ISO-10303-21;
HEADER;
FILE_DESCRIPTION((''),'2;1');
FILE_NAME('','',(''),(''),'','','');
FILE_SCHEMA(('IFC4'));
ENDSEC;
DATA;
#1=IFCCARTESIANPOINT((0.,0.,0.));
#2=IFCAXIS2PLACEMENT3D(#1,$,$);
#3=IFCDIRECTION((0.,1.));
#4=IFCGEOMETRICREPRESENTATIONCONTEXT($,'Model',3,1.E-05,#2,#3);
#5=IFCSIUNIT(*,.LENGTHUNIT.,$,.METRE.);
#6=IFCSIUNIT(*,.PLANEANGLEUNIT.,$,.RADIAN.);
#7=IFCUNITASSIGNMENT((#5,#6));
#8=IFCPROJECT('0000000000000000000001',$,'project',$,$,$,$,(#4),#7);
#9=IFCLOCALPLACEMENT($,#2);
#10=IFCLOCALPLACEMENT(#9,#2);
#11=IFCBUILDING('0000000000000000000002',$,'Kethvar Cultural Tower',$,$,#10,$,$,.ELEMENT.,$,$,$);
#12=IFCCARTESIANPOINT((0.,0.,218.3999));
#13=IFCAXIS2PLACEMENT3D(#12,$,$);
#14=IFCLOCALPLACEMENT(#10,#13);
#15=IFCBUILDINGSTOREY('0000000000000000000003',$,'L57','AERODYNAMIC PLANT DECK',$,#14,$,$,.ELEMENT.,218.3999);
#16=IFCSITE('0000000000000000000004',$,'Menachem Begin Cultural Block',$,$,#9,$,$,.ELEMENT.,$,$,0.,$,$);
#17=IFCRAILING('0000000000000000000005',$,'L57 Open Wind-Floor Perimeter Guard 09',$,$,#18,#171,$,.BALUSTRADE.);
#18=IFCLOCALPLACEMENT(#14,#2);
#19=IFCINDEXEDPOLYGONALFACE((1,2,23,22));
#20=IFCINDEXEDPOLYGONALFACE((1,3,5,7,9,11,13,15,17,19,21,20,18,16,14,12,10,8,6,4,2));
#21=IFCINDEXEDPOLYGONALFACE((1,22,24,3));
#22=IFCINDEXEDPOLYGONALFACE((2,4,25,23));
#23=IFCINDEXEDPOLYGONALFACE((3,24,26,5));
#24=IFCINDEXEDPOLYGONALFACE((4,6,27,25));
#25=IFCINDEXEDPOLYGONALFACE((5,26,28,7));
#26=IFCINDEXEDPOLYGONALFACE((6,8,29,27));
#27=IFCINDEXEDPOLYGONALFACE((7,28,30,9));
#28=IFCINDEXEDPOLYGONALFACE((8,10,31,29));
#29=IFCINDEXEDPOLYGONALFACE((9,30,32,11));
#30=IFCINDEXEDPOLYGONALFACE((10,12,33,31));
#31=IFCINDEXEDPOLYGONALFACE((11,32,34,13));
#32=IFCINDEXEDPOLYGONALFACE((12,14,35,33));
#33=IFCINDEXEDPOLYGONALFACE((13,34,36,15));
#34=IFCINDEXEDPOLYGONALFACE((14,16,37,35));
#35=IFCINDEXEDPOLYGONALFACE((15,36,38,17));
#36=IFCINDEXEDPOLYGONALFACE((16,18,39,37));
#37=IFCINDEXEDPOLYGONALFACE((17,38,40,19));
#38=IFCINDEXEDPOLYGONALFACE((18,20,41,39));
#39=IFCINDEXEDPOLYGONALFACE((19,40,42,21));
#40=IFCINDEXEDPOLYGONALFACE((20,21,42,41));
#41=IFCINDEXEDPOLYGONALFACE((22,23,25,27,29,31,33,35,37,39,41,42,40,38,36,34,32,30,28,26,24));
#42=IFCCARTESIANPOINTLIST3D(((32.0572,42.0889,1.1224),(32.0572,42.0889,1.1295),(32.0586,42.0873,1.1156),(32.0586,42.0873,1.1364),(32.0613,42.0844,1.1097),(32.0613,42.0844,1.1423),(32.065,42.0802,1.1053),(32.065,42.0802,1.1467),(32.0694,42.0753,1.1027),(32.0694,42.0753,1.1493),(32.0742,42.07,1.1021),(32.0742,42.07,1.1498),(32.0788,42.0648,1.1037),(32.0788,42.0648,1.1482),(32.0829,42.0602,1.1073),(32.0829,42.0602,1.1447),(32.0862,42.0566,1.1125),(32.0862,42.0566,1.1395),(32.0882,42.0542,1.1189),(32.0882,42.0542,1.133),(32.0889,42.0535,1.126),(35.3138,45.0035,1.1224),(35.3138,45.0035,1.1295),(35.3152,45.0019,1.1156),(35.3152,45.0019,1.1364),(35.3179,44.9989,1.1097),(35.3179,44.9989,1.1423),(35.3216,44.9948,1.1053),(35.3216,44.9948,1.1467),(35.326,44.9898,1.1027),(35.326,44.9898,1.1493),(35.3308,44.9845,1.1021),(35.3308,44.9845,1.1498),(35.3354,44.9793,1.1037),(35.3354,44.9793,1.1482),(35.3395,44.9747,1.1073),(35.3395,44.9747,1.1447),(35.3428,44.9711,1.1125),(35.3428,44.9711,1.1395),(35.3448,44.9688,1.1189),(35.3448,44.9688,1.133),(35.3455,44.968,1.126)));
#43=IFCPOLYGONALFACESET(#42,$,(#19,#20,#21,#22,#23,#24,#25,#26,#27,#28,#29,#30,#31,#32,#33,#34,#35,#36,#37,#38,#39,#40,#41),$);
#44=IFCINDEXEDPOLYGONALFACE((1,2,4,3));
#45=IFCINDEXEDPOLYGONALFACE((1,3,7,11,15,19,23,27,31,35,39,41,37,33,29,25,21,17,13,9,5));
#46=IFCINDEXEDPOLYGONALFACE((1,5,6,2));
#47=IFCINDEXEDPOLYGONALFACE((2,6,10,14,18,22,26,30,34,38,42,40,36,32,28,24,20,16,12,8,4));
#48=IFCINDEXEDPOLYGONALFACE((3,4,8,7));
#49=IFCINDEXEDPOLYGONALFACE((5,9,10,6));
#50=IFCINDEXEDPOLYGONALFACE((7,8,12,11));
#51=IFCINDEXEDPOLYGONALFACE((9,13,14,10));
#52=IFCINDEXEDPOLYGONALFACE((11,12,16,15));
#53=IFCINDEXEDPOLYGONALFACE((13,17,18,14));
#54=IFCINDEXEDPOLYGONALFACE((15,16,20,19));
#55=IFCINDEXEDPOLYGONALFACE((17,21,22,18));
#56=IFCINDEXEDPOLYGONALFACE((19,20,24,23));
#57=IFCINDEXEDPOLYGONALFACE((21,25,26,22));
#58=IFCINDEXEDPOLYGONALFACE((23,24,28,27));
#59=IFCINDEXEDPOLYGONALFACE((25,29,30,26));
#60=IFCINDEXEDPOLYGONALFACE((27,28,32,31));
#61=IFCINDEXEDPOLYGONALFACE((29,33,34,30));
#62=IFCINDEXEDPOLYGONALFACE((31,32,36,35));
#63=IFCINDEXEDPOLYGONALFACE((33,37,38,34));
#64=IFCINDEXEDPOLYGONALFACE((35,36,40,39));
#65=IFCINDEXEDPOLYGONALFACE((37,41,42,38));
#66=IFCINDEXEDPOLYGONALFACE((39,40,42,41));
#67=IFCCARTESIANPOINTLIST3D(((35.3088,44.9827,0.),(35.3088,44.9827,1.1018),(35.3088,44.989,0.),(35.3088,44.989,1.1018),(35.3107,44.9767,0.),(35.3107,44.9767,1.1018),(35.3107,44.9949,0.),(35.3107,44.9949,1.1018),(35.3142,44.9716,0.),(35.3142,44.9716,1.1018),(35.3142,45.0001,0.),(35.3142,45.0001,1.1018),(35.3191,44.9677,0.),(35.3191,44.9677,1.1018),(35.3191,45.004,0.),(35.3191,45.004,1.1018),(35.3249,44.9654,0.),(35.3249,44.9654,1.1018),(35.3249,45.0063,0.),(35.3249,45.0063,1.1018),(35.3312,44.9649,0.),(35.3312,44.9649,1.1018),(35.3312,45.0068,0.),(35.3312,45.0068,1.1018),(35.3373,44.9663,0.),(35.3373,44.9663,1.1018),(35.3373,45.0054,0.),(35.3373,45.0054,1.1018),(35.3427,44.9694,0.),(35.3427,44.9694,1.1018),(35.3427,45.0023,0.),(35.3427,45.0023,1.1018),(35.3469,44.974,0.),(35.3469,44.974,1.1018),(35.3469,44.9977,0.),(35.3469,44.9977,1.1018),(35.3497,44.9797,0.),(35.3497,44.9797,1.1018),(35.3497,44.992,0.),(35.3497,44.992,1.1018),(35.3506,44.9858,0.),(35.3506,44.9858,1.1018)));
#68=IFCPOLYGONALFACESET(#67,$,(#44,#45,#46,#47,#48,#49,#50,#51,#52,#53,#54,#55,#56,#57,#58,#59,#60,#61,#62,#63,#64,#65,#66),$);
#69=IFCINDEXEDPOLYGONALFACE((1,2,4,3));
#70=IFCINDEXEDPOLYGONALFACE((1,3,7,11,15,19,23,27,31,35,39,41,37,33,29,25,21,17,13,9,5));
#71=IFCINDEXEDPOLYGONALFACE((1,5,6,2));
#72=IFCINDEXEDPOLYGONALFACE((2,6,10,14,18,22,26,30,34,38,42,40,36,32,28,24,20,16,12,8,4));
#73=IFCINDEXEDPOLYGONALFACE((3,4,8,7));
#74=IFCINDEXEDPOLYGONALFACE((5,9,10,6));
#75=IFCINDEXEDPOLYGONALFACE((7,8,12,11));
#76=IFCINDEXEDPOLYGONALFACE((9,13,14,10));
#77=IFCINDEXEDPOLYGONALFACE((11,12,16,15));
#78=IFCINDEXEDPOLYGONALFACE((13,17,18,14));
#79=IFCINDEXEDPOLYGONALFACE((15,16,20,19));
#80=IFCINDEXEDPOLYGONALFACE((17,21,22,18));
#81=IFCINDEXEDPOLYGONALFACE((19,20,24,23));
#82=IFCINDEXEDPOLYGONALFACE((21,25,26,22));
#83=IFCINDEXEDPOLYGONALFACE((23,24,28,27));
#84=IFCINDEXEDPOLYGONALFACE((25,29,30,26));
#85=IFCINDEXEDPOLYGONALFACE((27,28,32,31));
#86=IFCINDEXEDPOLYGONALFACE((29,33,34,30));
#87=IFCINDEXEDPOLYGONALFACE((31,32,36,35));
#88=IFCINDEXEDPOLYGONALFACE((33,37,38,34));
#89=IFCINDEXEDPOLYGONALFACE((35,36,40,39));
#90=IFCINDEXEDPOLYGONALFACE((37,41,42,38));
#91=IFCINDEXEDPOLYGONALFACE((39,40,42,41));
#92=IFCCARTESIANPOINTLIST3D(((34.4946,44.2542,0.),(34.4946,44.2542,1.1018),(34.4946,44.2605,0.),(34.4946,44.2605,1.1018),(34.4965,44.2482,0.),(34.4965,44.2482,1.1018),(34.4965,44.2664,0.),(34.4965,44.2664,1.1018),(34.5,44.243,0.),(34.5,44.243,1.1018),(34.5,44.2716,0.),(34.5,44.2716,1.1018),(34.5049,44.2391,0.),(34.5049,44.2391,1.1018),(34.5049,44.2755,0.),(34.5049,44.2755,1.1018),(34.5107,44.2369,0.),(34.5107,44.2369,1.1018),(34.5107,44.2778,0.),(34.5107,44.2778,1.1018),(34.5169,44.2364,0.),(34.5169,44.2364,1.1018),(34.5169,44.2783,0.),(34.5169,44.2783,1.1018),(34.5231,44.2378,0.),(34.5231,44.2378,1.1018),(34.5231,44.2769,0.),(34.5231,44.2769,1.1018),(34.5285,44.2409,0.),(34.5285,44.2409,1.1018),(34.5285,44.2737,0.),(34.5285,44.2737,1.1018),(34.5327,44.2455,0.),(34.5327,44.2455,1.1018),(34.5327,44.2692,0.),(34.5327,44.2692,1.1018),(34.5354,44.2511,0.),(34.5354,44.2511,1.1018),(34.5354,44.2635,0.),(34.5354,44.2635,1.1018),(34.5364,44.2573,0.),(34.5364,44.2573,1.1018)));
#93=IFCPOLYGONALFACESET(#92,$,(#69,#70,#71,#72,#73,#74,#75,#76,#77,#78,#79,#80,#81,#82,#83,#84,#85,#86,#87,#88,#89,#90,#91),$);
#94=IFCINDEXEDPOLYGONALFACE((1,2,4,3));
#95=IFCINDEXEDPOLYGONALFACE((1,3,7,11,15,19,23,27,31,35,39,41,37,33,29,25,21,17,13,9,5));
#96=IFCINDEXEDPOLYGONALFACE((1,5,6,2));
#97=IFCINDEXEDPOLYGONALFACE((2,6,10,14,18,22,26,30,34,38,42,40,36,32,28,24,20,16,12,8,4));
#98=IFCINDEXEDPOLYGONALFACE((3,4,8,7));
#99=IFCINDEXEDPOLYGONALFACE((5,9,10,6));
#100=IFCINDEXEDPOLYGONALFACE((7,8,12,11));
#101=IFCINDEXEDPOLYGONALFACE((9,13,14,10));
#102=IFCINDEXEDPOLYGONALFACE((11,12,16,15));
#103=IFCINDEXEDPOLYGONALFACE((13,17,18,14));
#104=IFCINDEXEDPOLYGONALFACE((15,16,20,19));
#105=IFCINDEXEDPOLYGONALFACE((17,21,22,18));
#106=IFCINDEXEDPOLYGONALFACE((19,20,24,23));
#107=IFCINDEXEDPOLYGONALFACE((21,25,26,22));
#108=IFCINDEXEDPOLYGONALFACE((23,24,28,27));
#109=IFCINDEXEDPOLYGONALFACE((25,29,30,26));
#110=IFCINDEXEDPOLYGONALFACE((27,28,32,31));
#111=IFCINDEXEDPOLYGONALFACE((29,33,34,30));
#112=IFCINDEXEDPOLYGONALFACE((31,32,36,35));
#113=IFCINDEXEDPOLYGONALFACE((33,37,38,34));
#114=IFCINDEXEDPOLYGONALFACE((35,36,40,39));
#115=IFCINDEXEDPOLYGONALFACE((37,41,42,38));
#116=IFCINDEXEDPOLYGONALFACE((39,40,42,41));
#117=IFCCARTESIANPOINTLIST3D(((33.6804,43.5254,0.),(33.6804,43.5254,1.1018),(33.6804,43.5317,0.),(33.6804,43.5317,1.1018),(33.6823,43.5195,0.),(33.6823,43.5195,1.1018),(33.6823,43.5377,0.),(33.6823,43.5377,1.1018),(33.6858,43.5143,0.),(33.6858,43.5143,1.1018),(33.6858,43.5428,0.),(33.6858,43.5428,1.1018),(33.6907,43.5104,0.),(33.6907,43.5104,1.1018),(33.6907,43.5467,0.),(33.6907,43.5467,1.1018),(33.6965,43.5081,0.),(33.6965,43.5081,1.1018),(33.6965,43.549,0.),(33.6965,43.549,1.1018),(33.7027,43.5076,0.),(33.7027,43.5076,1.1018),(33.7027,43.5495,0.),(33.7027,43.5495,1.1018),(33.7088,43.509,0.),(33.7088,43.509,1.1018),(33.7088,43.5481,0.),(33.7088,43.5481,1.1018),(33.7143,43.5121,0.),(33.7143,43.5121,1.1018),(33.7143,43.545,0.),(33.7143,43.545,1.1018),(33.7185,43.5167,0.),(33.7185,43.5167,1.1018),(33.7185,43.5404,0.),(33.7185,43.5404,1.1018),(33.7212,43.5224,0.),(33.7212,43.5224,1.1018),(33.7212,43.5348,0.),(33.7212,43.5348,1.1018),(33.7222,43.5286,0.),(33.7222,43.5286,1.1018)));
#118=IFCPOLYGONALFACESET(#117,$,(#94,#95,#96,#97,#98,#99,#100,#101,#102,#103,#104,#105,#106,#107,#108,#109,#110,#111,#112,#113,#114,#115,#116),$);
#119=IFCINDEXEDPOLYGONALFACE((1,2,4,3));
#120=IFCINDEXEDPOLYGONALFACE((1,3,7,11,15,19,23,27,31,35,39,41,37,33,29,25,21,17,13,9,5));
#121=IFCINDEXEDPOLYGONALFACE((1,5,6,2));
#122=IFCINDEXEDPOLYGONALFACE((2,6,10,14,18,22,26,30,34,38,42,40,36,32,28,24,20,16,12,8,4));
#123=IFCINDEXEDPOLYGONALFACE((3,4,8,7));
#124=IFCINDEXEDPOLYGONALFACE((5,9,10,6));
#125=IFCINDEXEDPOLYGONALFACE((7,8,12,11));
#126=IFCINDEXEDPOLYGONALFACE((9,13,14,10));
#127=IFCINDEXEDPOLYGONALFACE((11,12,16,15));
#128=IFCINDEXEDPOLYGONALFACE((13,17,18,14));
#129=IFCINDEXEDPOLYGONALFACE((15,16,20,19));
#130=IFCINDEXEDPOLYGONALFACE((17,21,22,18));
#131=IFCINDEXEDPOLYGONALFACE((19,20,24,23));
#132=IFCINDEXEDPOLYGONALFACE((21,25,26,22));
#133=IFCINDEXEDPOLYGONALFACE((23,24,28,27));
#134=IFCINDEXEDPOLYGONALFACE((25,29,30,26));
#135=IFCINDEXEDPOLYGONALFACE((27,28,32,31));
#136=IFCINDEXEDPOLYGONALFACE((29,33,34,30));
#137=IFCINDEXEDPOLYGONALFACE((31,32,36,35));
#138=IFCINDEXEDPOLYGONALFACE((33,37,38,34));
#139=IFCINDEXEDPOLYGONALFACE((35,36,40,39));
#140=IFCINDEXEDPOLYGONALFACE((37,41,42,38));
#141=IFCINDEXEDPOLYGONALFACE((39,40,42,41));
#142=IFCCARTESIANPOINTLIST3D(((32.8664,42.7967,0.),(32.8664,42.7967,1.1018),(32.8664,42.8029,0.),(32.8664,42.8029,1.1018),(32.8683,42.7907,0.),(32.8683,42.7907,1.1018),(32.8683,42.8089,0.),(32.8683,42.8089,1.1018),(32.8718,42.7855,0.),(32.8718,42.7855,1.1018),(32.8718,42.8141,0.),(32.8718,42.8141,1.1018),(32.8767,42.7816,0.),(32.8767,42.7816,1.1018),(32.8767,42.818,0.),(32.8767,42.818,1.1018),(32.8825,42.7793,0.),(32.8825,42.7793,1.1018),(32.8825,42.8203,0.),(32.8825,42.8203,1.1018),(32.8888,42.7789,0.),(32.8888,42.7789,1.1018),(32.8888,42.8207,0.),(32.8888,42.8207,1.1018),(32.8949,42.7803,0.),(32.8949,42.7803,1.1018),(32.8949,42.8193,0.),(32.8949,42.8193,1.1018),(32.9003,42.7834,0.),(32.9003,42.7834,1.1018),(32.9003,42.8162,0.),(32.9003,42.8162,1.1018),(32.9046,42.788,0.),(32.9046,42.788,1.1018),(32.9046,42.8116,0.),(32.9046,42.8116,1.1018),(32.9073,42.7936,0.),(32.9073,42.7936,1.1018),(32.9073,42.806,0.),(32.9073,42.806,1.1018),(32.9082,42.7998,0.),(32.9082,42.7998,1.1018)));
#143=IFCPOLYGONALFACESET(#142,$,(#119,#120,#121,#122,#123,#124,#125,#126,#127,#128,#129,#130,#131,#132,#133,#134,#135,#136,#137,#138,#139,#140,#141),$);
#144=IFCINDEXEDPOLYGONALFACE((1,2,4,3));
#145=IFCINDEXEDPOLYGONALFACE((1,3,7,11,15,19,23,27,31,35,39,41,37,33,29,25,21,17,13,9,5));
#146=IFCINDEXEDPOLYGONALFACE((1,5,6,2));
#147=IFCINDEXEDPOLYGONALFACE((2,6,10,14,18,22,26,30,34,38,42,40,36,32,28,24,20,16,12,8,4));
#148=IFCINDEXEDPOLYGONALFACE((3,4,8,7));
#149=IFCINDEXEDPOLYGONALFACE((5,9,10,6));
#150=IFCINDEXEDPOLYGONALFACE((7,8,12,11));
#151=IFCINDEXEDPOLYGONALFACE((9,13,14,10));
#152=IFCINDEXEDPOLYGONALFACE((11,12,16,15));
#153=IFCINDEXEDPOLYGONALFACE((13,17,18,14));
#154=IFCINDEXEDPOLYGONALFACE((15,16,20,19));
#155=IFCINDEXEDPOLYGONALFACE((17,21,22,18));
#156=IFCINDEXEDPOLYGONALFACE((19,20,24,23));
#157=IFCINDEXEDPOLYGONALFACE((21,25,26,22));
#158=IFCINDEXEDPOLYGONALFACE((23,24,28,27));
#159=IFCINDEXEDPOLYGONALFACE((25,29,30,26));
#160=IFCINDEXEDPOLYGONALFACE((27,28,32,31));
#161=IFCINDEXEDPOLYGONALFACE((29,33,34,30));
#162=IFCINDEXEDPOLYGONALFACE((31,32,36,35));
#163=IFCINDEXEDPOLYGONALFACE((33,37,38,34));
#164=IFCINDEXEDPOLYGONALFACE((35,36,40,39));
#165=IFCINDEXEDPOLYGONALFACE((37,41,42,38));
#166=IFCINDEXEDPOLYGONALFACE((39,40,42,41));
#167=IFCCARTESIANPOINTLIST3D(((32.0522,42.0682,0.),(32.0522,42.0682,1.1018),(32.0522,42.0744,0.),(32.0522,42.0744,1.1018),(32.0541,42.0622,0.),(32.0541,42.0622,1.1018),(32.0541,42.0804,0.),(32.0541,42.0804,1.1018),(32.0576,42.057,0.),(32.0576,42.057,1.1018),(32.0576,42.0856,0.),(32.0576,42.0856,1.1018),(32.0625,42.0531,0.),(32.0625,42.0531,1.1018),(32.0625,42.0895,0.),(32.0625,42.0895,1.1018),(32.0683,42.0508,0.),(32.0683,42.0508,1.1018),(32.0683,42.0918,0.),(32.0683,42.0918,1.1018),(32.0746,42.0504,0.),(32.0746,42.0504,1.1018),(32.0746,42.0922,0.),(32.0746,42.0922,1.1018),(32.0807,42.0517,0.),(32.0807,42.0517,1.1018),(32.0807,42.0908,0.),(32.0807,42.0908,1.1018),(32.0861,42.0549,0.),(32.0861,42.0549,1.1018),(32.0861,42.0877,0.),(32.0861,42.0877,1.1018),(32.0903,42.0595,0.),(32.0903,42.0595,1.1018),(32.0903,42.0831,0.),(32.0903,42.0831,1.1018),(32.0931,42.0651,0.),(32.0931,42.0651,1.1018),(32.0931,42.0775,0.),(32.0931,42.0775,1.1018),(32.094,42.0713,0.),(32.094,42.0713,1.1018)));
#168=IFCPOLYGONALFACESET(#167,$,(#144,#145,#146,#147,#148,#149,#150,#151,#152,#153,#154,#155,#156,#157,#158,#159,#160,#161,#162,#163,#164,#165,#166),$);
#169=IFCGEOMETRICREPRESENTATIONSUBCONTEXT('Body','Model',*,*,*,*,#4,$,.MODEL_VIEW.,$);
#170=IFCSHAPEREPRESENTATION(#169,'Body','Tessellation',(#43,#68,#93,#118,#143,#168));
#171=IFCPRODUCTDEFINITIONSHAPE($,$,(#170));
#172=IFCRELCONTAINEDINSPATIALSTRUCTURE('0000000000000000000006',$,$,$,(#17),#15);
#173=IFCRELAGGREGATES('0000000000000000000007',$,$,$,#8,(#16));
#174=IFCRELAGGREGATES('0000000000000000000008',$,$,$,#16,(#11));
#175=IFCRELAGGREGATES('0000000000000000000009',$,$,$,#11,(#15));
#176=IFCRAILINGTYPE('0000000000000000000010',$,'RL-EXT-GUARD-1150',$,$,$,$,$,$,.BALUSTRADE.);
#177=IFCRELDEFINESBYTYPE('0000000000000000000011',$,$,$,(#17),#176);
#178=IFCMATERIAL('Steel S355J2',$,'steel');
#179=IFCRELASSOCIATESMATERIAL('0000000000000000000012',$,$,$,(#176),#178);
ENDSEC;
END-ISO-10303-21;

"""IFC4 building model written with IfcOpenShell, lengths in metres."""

from ifc_helpers import new_model, si_unit, direction, frame, origin, origin_2d, place, context, subcontext, project, spatial, circle, extrude, material, type_object, element, save


model = new_model("IFC4")

# Units and contexts
model_context = context("Model", 3, precision=1e-05, world=origin(), true_north=direction((0.0, 1.0)))
body_context = subcontext(model_context, "Body", "Model", "MODEL_VIEW")
ifc_project = project(units=[si_unit("LENGTHUNIT", "METRE"), si_unit("PLANEANGLEUNIT", "RADIAN")], contexts=[model_context])

# Site, building, storey
site_placement = place(None, origin())
site = spatial("IfcSite", under=ifc_project, at=site_placement, Name="Menachem Begin Cultural Block", CompositionType="ELEMENT", RefElevation=0.0)
building_placement = place(site_placement, origin())
building = spatial("IfcBuilding", under=site, at=building_placement, Name="Kethvar Cultural Tower", CompositionType="ELEMENT")
storey_placement = place(building_placement, frame((0.0, 0.0, 218.3999)))
storey = spatial("IfcBuildingStorey", under=building, at=storey_placement, Name="L57", Description="AERODYNAMIC PLANT DECK", CompositionType="ELEMENT", Elevation=218.3999)

# Shared definitions
ifc_material_1 = material(Name="Steel S355J2", Category="steel")

# Railing
railing_type = type_object("IfcRailingType", Name="RL-EXT-GUARD-1150", PredefinedType="BALUSTRADE", material=ifc_material_1)
railing_1_placement = place(storey_placement, frame((35.3296, 44.9858, 0.0)))
element("IfcRailing", 1, at=railing_1_placement, inside=storey, type_object=railing_type, Name="L57 Open Wind-Floor Perimeter Guard 09", PredefinedType="BALUSTRADE", context=body_context, shape_type="SweptSolid", body=[
    extrude(circle(Radius=0.0239, at=origin_2d()), frame((0.0, 0.0, 1.126), z_axis=(-0.745155, -0.666891, 0.0), x_axis=(0.666891, -0.745155, 0.0)), (0.0, 0.0, 1.0), 4.3704),
    extrude(circle(Radius=0.021, at=origin_2d()), origin(), (0.0, 0.0, 1.0), 1.1018),
    extrude(circle(Radius=0.021, at=origin_2d()), frame((-0.8142, -0.7285, 0.0)), (0.0, 0.0, 1.0), 1.1018),
    extrude(circle(Radius=0.021, at=origin_2d()), frame((-1.6284, -1.4573, 0.0)), (0.0, 0.0, 1.0), 1.1018),
    extrude(circle(Radius=0.021, at=origin_2d()), frame((-2.4424, -2.186, 0.0)), (0.0, 0.0, 1.0), 1.1018),
    extrude(circle(Radius=0.021, at=origin_2d()), frame((-3.2566, -2.9146, 0.0)), (0.0, 0.0, 1.0), 1.1018),
])

save(model, "model.ifc")
